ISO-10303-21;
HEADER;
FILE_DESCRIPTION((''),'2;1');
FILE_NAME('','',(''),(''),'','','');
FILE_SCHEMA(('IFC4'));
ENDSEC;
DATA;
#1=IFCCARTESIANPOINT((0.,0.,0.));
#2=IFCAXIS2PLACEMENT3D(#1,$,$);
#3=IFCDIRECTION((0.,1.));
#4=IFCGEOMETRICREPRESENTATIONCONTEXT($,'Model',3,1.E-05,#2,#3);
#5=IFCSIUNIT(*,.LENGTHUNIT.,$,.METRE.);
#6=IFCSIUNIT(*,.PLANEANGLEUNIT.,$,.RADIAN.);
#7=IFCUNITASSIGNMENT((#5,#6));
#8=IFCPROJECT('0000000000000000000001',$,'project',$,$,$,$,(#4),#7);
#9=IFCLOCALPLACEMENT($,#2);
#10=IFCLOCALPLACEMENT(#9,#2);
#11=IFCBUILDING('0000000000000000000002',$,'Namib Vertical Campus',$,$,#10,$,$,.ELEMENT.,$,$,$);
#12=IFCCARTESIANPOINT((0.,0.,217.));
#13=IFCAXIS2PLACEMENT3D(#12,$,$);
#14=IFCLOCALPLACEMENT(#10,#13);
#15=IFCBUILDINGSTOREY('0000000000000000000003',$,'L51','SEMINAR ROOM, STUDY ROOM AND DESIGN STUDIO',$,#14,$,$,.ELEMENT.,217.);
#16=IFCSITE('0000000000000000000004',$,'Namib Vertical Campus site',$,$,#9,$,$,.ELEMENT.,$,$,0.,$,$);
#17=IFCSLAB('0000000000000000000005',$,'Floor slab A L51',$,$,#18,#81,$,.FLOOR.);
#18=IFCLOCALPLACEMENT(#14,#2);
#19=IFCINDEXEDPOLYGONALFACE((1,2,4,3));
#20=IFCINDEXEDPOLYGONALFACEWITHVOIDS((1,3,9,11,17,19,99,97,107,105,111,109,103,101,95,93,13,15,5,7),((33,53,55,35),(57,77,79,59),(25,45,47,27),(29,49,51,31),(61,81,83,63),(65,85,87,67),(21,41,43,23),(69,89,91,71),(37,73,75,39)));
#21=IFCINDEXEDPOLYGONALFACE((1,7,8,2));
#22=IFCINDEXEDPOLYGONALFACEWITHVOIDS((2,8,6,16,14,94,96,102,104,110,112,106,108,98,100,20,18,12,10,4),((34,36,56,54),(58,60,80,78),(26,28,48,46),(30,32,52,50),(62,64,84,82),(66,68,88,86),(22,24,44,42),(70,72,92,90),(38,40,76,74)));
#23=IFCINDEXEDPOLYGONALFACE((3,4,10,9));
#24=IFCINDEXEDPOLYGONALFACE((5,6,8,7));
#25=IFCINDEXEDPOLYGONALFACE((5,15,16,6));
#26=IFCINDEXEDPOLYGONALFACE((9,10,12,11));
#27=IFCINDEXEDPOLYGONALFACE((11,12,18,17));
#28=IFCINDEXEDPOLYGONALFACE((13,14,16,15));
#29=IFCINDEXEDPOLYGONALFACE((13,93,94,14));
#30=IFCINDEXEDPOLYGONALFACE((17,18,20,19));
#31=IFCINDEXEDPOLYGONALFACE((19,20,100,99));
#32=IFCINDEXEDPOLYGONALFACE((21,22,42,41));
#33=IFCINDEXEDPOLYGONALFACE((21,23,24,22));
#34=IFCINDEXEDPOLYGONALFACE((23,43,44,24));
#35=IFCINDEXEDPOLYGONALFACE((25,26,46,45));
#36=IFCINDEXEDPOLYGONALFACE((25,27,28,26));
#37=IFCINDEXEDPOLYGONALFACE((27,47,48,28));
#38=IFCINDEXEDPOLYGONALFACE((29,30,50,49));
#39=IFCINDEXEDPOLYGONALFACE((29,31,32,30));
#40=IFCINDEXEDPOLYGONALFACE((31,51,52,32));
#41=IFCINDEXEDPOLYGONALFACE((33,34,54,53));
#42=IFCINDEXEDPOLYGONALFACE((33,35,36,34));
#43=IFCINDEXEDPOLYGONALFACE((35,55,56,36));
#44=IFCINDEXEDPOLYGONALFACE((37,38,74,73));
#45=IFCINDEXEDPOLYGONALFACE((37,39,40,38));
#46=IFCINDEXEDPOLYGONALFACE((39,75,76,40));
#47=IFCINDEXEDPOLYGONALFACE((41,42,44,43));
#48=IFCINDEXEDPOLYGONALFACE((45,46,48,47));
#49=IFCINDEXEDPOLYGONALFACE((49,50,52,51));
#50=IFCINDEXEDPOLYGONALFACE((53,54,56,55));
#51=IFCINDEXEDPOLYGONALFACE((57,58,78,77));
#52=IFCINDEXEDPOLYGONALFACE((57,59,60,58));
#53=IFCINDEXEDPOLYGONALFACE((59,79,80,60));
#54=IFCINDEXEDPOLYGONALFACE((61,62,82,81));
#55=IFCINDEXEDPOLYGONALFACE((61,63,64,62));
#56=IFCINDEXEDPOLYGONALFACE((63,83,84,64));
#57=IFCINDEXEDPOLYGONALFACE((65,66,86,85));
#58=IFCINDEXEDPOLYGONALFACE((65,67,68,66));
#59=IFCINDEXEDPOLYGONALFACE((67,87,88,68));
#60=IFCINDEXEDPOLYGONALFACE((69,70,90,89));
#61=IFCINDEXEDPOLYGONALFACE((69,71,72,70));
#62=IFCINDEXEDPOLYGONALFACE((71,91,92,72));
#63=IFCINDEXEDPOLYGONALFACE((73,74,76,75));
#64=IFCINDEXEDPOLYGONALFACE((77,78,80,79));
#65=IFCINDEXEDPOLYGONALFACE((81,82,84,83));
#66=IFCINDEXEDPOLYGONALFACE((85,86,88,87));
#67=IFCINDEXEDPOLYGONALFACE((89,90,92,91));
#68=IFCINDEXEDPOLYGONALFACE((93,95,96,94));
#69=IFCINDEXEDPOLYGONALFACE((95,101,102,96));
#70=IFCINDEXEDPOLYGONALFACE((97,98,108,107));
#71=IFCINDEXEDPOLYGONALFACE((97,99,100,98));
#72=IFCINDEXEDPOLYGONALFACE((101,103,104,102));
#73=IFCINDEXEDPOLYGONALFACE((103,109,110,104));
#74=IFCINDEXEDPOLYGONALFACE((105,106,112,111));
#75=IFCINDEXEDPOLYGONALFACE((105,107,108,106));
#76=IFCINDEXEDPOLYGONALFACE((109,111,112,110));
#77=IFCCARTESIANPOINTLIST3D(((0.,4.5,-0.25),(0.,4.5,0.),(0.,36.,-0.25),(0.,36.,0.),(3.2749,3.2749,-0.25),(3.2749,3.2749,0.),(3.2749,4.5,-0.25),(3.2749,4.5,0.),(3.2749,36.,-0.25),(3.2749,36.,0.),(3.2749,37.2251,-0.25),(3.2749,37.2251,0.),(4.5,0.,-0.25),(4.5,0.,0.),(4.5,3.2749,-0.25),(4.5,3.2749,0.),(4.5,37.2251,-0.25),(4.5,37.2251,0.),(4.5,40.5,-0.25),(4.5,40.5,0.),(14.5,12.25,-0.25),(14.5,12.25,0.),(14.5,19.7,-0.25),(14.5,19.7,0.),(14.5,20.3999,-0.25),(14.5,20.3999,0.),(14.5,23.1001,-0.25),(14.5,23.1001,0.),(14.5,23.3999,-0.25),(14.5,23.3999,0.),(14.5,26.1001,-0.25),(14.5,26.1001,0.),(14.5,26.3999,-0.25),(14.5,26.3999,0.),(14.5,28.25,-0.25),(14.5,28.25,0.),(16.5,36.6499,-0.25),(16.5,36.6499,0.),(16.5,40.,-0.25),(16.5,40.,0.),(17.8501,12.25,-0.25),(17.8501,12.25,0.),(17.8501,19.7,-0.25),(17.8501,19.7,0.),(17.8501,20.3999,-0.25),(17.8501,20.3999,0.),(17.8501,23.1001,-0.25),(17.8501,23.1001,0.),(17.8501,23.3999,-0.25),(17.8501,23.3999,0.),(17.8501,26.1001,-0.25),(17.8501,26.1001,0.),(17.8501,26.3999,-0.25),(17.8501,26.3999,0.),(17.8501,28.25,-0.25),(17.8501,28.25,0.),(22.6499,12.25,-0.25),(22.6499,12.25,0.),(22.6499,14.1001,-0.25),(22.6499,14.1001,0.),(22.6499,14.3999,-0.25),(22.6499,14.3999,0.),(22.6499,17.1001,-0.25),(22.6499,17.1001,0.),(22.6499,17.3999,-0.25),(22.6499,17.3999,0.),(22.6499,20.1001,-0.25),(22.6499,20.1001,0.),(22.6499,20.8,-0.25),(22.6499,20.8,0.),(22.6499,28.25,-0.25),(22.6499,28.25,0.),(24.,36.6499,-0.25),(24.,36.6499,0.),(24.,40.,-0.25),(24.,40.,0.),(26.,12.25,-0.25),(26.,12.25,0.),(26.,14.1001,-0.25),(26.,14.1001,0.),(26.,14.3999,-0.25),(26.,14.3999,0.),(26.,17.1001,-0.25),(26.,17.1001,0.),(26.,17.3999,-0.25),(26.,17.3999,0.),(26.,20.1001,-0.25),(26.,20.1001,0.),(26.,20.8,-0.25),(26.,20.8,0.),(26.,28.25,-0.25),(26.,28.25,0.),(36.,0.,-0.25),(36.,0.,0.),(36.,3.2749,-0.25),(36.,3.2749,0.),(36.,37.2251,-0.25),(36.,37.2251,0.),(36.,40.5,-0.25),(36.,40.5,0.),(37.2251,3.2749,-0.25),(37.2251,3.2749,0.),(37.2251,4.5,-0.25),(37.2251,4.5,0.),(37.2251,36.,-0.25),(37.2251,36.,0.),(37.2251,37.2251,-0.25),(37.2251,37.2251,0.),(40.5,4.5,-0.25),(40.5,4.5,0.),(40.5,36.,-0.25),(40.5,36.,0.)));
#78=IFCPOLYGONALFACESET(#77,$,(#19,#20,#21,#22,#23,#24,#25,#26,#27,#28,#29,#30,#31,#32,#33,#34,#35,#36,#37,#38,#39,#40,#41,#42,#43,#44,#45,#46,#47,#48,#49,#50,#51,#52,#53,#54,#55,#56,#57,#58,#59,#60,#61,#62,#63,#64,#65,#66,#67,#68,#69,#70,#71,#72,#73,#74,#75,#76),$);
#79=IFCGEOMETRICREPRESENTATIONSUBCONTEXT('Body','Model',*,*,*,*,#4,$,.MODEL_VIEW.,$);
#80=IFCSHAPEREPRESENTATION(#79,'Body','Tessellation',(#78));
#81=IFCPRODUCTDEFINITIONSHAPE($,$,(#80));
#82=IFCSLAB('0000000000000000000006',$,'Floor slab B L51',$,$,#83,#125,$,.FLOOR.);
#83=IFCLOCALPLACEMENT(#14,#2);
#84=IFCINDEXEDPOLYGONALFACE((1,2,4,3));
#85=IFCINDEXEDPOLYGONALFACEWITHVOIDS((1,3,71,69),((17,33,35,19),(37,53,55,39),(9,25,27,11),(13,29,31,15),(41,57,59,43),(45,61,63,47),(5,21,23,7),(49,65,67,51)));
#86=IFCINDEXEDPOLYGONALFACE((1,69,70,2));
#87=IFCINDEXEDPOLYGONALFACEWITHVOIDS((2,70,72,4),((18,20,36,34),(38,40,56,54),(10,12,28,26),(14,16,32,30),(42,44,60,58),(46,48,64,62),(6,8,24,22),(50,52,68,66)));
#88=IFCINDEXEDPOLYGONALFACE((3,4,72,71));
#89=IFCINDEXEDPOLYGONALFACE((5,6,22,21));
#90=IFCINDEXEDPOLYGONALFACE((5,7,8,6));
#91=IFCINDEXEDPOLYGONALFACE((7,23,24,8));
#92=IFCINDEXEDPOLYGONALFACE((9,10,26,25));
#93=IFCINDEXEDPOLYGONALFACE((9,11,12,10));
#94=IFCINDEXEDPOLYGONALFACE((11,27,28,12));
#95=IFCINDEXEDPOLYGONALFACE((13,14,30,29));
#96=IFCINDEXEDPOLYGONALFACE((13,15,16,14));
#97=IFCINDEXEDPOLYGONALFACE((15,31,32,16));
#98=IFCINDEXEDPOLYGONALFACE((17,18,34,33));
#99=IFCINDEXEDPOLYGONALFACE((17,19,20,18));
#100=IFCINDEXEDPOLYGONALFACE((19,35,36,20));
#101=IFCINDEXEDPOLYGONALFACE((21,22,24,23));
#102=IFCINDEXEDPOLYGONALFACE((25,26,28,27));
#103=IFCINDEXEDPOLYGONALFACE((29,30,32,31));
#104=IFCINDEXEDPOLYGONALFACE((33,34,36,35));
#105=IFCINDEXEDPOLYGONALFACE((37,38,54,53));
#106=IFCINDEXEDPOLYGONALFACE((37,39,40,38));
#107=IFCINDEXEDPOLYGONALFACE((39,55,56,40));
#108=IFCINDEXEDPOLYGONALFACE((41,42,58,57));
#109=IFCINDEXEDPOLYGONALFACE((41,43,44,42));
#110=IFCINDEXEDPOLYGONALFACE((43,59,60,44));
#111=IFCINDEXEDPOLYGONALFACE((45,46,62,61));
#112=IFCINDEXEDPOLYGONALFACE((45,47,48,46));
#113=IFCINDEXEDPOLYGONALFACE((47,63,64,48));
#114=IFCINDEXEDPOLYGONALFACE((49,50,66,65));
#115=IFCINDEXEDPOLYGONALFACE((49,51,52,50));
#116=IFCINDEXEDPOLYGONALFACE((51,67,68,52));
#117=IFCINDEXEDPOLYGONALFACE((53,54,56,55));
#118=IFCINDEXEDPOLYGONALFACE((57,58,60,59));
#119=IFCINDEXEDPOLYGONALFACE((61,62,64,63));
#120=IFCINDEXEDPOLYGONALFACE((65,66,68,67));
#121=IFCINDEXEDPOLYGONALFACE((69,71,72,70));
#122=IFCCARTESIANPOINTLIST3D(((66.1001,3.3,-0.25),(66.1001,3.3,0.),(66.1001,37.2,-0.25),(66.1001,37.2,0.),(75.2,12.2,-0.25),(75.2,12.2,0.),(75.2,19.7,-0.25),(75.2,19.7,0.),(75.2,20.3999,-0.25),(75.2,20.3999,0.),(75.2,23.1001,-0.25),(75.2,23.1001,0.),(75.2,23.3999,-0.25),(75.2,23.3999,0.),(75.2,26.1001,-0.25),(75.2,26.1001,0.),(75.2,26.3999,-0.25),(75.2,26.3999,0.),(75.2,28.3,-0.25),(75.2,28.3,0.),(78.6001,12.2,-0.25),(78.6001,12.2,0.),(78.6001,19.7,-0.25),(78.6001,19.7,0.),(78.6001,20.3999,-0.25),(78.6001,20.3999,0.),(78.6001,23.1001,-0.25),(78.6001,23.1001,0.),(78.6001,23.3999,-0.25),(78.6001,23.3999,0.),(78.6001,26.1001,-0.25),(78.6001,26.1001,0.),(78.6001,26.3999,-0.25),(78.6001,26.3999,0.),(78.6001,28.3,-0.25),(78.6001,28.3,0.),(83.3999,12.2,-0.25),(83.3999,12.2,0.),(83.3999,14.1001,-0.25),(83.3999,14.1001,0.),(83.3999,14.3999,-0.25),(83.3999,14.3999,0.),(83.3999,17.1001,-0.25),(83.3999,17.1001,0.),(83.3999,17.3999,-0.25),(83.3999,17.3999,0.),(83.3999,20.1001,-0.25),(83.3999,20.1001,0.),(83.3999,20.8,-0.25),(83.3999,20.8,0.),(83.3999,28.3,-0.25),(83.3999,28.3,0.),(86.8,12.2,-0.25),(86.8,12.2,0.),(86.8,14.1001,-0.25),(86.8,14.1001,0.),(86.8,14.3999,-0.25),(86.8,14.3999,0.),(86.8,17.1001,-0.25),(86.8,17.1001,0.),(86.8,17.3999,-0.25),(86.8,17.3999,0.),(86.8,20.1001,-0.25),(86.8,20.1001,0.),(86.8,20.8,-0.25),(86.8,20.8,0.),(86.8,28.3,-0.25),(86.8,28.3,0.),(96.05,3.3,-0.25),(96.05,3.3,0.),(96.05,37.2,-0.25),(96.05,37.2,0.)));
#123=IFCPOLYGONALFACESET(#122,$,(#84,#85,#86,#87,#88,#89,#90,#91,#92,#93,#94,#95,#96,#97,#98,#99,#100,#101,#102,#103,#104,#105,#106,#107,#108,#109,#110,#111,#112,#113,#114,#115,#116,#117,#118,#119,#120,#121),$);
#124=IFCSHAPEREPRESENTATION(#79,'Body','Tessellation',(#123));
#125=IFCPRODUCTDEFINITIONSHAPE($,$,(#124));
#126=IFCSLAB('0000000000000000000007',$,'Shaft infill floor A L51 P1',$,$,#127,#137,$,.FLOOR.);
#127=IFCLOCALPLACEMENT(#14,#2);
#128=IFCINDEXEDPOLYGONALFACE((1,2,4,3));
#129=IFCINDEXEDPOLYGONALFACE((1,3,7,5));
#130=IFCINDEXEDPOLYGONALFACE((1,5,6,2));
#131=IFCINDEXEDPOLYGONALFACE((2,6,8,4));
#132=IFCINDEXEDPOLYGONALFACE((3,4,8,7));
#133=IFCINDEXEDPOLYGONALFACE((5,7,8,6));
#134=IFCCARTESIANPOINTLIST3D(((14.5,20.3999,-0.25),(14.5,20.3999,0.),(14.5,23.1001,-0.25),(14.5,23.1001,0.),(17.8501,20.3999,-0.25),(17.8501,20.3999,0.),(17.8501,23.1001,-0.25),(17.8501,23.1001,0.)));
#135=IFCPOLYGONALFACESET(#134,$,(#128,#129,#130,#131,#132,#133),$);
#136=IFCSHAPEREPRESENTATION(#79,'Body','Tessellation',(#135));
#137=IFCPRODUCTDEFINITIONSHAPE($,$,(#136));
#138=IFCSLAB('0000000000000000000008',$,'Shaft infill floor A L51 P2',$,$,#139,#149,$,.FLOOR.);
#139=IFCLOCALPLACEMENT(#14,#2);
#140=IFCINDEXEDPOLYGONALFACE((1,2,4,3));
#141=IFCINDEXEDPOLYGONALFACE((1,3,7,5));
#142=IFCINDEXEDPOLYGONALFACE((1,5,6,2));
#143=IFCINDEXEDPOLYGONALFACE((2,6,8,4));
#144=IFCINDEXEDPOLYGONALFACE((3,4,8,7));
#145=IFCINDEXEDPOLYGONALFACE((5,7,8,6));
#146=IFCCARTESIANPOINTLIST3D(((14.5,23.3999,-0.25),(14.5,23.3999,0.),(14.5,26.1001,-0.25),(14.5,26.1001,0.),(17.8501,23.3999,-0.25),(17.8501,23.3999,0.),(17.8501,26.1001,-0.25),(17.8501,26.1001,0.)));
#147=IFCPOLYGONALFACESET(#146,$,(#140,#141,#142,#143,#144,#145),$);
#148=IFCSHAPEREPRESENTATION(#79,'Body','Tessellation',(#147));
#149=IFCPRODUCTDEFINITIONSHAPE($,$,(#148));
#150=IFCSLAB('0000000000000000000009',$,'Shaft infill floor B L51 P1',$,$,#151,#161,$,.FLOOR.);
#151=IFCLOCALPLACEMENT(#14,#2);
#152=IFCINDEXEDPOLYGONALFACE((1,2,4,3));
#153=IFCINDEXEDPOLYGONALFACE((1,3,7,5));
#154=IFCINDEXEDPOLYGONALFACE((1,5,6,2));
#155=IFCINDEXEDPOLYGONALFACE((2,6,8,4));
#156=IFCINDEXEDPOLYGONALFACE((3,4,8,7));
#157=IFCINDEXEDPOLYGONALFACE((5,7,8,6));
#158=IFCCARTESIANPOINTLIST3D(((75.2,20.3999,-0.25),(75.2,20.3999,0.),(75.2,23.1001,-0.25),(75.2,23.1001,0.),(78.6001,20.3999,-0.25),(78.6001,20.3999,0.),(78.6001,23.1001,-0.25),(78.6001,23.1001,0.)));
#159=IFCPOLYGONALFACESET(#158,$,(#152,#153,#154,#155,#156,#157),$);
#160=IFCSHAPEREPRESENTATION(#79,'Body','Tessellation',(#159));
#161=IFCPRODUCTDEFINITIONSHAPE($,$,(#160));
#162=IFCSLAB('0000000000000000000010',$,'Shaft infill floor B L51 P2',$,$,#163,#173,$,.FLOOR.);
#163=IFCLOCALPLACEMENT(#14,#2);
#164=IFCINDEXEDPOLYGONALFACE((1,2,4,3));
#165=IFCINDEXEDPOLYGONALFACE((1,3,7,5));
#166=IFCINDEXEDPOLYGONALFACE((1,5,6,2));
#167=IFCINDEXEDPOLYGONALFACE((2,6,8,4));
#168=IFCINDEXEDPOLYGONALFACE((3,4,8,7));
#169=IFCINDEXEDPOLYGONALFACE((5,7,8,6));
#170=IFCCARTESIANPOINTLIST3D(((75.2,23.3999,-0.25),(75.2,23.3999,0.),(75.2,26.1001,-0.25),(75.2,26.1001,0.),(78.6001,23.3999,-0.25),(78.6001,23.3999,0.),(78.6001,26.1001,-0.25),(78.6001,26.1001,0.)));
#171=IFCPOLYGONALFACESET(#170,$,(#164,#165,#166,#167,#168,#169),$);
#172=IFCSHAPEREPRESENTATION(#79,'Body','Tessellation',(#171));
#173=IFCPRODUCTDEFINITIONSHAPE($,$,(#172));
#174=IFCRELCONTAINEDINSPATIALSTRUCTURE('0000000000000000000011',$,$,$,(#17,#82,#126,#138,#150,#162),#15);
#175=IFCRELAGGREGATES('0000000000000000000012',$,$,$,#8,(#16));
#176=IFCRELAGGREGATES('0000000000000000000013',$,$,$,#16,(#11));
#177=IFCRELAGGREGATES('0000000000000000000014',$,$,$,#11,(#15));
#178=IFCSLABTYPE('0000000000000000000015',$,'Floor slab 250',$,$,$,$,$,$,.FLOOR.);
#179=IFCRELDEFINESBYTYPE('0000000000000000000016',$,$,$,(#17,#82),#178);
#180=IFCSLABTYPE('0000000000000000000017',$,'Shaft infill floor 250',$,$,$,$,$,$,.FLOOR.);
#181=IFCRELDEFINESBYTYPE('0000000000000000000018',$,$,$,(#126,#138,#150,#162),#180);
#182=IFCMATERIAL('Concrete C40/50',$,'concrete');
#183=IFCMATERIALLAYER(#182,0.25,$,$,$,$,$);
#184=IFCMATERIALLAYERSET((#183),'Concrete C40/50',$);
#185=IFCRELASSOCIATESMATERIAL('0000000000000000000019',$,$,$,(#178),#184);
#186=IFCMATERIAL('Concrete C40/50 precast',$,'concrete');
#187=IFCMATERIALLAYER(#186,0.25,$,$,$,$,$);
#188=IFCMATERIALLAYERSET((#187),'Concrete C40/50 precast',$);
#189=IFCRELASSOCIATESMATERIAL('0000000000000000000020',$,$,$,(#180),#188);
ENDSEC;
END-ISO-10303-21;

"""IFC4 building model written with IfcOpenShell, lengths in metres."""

from ifc_helpers import new_model, si_unit, direction, frame, origin, place, context, subcontext, project, spatial, polyline, outline, extrude, material, layer, layer_set, type_object, element, save


model = new_model("IFC4")

# Units and contexts
model_context = context("Model", 3, precision=1e-05, world=origin(), true_north=direction((0.0, 1.0)))
body_context = subcontext(model_context, "Body", "Model", "MODEL_VIEW")
ifc_project = project(units=[si_unit("LENGTHUNIT", "METRE"), si_unit("PLANEANGLEUNIT", "RADIAN")], contexts=[model_context])

# Site, building, storey
site_placement = place(None, origin())
site = spatial("IfcSite", under=ifc_project, at=site_placement, Name="Namib Vertical Campus site", CompositionType="ELEMENT", RefElevation=0.0)
building_placement = place(site_placement, origin())
building = spatial("IfcBuilding", under=site, at=building_placement, Name="Namib Vertical Campus", CompositionType="ELEMENT")
storey_placement = place(building_placement, frame((0.0, 0.0, 217.0)))
storey = spatial("IfcBuildingStorey", under=building, at=storey_placement, Name="L51", Description="SEMINAR ROOM, STUDY ROOM AND DESIGN STUDIO", CompositionType="ELEMENT", Elevation=217.0)

# Slabs
ifc_material_1 = material(Name="Concrete C40/50", Category="concrete")
ifc_layer_1 = layer(ifc_material_1, 0.25)
ifc_layer_set_1 = layer_set([ifc_layer_1], Name="Concrete C40/50")
slab_type_1 = type_object("IfcSlabType", Name="Floor slab 250", PredefinedType="FLOOR", material=ifc_layer_set_1)
slab_1_placement = place(storey_placement, frame((0.0, 0.0, -0.25)))
element("IfcSlab", 1, at=slab_1_placement, inside=storey, type_object=slab_type_1, Name="Floor slab A L51", PredefinedType="FLOOR", context=body_context, shape_type="SweptSolid", body=[
    extrude(outline(polyline([(4.5, 0.0), (36.0, 0.0), (36.0, 3.2749), (37.2251, 3.2749), (37.2251, 4.5), (40.5, 4.5), (40.5, 36.0), (37.2251, 36.0), (37.2251, 37.2251), (36.0, 37.2251), (36.0, 40.5), (4.5, 40.5), (4.5, 37.2251), (3.2749, 37.2251), (3.2749, 36.0), (0.0, 36.0), (0.0, 4.5), (3.2749, 4.5), (3.2749, 3.2749), (4.5, 3.2749), (4.5, 0.0)]), holes=[polyline([(14.5, 12.25), (17.8501, 12.25), (17.8501, 19.7), (14.5, 19.7), (14.5, 12.25)]), polyline([(22.6499, 20.8), (26.0, 20.8), (26.0, 28.25), (22.6499, 28.25), (22.6499, 20.8)]), polyline([(22.6499, 12.25), (26.0, 12.25), (26.0, 14.1001), (22.6499, 14.1001), (22.6499, 12.25)]), polyline([(14.5, 20.3999), (17.8501, 20.3999), (17.8501, 23.1001), (14.5, 23.1001), (14.5, 20.3999)]), polyline([(14.5, 23.3999), (17.8501, 23.3999), (17.8501, 26.1001), (14.5, 26.1001), (14.5, 23.3999)]), polyline([(14.5, 26.3999), (17.8501, 26.3999), (17.8501, 28.25), (14.5, 28.25), (14.5, 26.3999)]), polyline([(22.6499, 14.3999), (26.0, 14.3999), (26.0, 17.1001), (22.6499, 17.1001), (22.6499, 14.3999)]), polyline([(22.6499, 17.3999), (26.0, 17.3999), (26.0, 20.1001), (22.6499, 20.1001), (22.6499, 17.3999)]), polyline([(16.5, 36.6499), (24.0, 36.6499), (24.0, 40.0), (16.5, 40.0), (16.5, 36.6499)])]), origin(), (0.0, 0.0, 1.0), 0.25),
])
slab_2_placement = place(storey_placement, frame((0.0, 0.0, -0.25)))
element("IfcSlab", 2, at=slab_2_placement, inside=storey, type_object=slab_type_1, Name="Floor slab B L51", PredefinedType="FLOOR", context=body_context, shape_type="SweptSolid", body=[
    extrude(outline(polyline([(66.1001, 3.3), (96.05, 3.3), (96.05, 37.2), (66.1001, 37.2), (66.1001, 3.3)]), holes=[polyline([(75.2, 12.2), (78.6001, 12.2), (78.6001, 19.7), (75.2, 19.7), (75.2, 12.2)]), polyline([(83.3999, 20.8), (86.8, 20.8), (86.8, 28.3), (83.3999, 28.3), (83.3999, 20.8)]), polyline([(83.3999, 12.2), (86.8, 12.2), (86.8, 14.1001), (83.3999, 14.1001), (83.3999, 12.2)]), polyline([(75.2, 20.3999), (78.6001, 20.3999), (78.6001, 23.1001), (75.2, 23.1001), (75.2, 20.3999)]), polyline([(75.2, 23.3999), (78.6001, 23.3999), (78.6001, 26.1001), (75.2, 26.1001), (75.2, 23.3999)]), polyline([(75.2, 26.3999), (78.6001, 26.3999), (78.6001, 28.3), (75.2, 28.3), (75.2, 26.3999)]), polyline([(83.3999, 14.3999), (86.8, 14.3999), (86.8, 17.1001), (83.3999, 17.1001), (83.3999, 14.3999)]), polyline([(83.3999, 17.3999), (86.8, 17.3999), (86.8, 20.1001), (83.3999, 20.1001), (83.3999, 17.3999)])]), origin(), (0.0, 0.0, 1.0), 0.25),
])
ifc_material_2 = material(Name="Concrete C40/50 precast", Category="concrete")
ifc_layer_2 = layer(ifc_material_2, 0.25)
ifc_layer_set_2 = layer_set([ifc_layer_2], Name="Concrete C40/50 precast")
slab_type_2 = type_object("IfcSlabType", Name="Shaft infill floor 250", PredefinedType="FLOOR", material=ifc_layer_set_2)
slab_3_placement = place(storey_placement, frame((0.0, 0.0, -0.25)))
element("IfcSlab", 3, at=slab_3_placement, inside=storey, type_object=slab_type_2, Name="Shaft infill floor A L51 P1", PredefinedType="FLOOR", context=body_context, shape_type="SweptSolid", body=[
    extrude(outline(polyline([(14.5, 20.3999), (17.8501, 20.3999), (17.8501, 23.1001), (14.5, 23.1001), (14.5, 20.3999)])), origin(), (0.0, 0.0, 1.0), 0.25),
])
slab_4_placement = place(storey_placement, frame((0.0, 0.0, -0.25)))
element("IfcSlab", 4, at=slab_4_placement, inside=storey, type_object=slab_type_2, Name="Shaft infill floor A L51 P2", PredefinedType="FLOOR", context=body_context, shape_type="SweptSolid", body=[
    extrude(outline(polyline([(14.5, 23.3999), (17.8501, 23.3999), (17.8501, 26.1001), (14.5, 26.1001), (14.5, 23.3999)])), origin(), (0.0, 0.0, 1.0), 0.25),
])
slab_5_placement = place(storey_placement, frame((0.0, 0.0, -0.25)))
element("IfcSlab", 5, at=slab_5_placement, inside=storey, type_object=slab_type_2, Name="Shaft infill floor B L51 P1", PredefinedType="FLOOR", context=body_context, shape_type="SweptSolid", body=[
    extrude(outline(polyline([(75.2, 20.3999), (78.6001, 20.3999), (78.6001, 23.1001), (75.2, 23.1001), (75.2, 20.3999)])), origin(), (0.0, 0.0, 1.0), 0.25),
])
slab_6_placement = place(storey_placement, frame((0.0, 0.0, -0.25)))
element("IfcSlab", 6, at=slab_6_placement, inside=storey, type_object=slab_type_2, Name="Shaft infill floor B L51 P2", PredefinedType="FLOOR", context=body_context, shape_type="SweptSolid", body=[
    extrude(outline(polyline([(75.2, 23.3999), (78.6001, 23.3999), (78.6001, 26.1001), (75.2, 26.1001), (75.2, 23.3999)])), origin(), (0.0, 0.0, 1.0), 0.25),
])

save(model, "model.ifc")
